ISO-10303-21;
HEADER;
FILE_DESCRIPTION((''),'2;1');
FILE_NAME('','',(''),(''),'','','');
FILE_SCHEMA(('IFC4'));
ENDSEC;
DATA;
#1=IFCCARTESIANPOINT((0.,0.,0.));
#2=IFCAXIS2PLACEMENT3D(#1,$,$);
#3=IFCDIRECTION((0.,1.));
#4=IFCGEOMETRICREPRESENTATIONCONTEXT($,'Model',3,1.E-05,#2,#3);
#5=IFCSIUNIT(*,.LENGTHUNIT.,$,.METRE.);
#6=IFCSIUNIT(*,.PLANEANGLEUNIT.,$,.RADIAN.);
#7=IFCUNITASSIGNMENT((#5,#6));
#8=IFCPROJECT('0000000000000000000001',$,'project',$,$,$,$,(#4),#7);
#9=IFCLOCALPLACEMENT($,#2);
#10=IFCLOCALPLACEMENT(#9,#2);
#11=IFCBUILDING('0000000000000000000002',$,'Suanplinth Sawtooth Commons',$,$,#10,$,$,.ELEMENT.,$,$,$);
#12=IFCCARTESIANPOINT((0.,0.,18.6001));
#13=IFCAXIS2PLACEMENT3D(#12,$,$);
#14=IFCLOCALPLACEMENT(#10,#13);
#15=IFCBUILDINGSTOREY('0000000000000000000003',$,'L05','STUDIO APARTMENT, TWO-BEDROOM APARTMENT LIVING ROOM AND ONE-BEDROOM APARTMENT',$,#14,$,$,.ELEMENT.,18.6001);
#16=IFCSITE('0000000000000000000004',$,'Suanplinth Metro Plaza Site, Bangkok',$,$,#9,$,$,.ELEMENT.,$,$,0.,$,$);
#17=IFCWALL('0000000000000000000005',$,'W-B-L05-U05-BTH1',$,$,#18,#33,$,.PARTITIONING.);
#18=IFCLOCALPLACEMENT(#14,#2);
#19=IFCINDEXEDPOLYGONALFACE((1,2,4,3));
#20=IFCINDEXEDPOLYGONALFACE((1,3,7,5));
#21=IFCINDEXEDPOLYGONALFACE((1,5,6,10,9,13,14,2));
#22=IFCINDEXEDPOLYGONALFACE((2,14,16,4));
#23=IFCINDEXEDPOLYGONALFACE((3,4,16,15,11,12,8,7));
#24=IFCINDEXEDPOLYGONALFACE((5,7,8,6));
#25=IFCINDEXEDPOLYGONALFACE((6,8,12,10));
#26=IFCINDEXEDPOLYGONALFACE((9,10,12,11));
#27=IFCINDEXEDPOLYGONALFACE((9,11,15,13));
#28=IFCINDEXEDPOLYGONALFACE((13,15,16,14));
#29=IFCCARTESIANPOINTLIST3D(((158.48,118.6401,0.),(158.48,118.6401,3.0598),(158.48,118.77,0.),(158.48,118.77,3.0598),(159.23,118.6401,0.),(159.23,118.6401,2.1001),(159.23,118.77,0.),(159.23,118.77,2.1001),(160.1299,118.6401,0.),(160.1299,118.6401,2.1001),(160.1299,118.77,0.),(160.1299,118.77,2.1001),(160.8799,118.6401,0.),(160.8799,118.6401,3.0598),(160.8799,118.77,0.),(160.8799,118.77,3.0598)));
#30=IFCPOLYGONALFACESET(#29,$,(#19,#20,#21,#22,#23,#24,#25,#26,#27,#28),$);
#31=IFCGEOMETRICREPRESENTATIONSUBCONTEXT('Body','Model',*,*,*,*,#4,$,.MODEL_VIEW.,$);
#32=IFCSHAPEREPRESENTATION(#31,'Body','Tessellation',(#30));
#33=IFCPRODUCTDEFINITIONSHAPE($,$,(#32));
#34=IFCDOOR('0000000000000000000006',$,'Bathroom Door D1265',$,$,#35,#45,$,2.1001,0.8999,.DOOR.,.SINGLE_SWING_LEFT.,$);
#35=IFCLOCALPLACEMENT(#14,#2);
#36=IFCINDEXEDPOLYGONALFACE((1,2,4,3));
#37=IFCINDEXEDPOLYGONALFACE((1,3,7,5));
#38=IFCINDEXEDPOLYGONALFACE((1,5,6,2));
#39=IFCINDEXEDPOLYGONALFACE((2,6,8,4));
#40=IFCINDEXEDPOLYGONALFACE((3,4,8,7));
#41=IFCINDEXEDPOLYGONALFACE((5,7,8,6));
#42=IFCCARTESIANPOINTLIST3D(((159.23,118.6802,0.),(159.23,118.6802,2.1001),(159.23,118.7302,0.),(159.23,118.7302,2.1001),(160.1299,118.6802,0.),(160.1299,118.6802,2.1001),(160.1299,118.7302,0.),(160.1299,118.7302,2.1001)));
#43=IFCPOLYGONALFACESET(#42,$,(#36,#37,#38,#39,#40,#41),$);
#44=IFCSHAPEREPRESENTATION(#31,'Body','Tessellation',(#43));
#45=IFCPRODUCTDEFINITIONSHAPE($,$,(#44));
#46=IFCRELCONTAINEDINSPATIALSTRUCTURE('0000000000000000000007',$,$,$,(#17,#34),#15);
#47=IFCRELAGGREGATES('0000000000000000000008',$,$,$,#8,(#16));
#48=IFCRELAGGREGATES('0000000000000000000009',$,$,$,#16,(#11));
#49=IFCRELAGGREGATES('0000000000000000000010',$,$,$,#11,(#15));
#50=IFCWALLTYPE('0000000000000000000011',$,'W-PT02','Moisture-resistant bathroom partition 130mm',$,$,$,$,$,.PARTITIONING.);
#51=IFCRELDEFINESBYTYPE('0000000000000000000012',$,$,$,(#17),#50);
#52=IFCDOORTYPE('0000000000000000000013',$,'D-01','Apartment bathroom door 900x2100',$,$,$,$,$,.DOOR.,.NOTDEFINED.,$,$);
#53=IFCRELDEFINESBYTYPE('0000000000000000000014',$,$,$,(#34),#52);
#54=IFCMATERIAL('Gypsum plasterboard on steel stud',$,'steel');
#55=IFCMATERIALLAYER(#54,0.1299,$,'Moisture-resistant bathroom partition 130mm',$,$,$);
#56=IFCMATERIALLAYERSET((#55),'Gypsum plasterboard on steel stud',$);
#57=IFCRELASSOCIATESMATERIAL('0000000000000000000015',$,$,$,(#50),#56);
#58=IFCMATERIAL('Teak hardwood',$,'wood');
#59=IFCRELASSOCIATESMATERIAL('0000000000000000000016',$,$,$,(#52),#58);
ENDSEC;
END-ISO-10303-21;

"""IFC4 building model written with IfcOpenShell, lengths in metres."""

from ifc_helpers import new_model, si_unit, direction, frame, frame_2d, origin, place, context, subcontext, project, spatial, rectangle, extrude, material, layer, layer_set, type_object, element, fill, save


model = new_model("IFC4")

# Units and contexts
model_context = context("Model", 3, precision=1e-05, world=origin(), true_north=direction((0.0, 1.0)))
body_context = subcontext(model_context, "Body", "Model", "MODEL_VIEW")
ifc_project = project(units=[si_unit("LENGTHUNIT", "METRE"), si_unit("PLANEANGLEUNIT", "RADIAN")], contexts=[model_context])

# Site, building, storey
site_placement = place(None, origin())
site = spatial("IfcSite", under=ifc_project, at=site_placement, Name="Suanplinth Metro Plaza Site, Bangkok", CompositionType="ELEMENT", RefElevation=0.0)
building_placement = place(site_placement, origin())
building = spatial("IfcBuilding", under=site, at=building_placement, Name="Suanplinth Sawtooth Commons", CompositionType="ELEMENT")
storey_placement = place(building_placement, frame((0.0, 0.0, 18.6001)))
storey = spatial("IfcBuildingStorey", under=building, at=storey_placement, Name="L05", Description="STUDIO APARTMENT, TWO-BEDROOM APARTMENT LIVING ROOM AND ONE-BEDROOM APARTMENT", CompositionType="ELEMENT", Elevation=18.6001)

# Shared definitions
ifc_material_1 = material(Name="Gypsum plasterboard on steel stud", Category="steel")
ifc_material_2 = material(Name="Teak hardwood", Category="wood")
ifc_layer_1 = layer(ifc_material_1, 0.1299, Name="Moisture-resistant bathroom partition 130mm")
ifc_layer_set_1 = layer_set([ifc_layer_1], Name="Gypsum plasterboard on steel stud")
wall_type_1 = type_object("IfcWallType", Name="W-PT02", Description="Moisture-resistant bathroom partition 130mm", PredefinedType="PARTITIONING", material=ifc_layer_set_1)
door_type_1 = type_object("IfcDoorType", Name="D-01", Description="Apartment bathroom door 900x2100", OperationType="NOTDEFINED", PredefinedType="DOOR", material=ifc_material_2)

# Wall, opening, door
wall_1_placement = place(storey_placement, frame((158.48, 118.7051, 0.0), z_axis=(0.0, 0.0, 1.0), x_axis=(1.0, 0.0, 0.0)))
wall_1 = element("IfcWall", 1, at=wall_1_placement, inside=storey, type_object=wall_type_1, Name="W-B-L05-U05-BTH1", PredefinedType="PARTITIONING", context=body_context, shape_type="SweptSolid", body=[
    extrude(rectangle(XDim=2.3999, YDim=0.1299, at=frame_2d((1.2, 0.0))), origin(), (0.0, 0.0, 1.0), 3.0598),
])
opening_1_placement = place(wall_1_placement, frame((0.75, 0.0, 0.0)))
opening_1 = element("IfcOpeningElement", 2, at=opening_1_placement, cuts=wall_1, PredefinedType="OPENING", context=body_context, shape_type="SweptSolid", body=[
    extrude(rectangle(XDim=0.8999, YDim=2.1001, at=frame_2d((0.45, 1.05))), frame((0.0, 0.0798, 0.0), z_axis=(0.0, -1.0, 0.0), x_axis=(1.0, 0.0, 0.0)), (0.0, 0.0, 1.0), 0.1597),
])
door_1_placement = place(opening_1_placement, frame((0.8999, 0.0, 0.0), z_axis=(0.0, 0.0, 1.0), x_axis=(-1.0, 0.0, 0.0)))
door_1 = element("IfcDoor", 3, at=door_1_placement, inside=storey, type_object=door_type_1, Name="Bathroom Door D1265", OperationType="SINGLE_SWING_LEFT", OverallHeight=2.1001, OverallWidth=0.8999, PredefinedType="DOOR", context=body_context, shape_type="SweptSolid", body=[
    extrude(rectangle(XDim=0.8999, YDim=2.1001, at=frame_2d((0.45, 1.05))), frame((0.0, 0.0249, 0.0), z_axis=(0.0, -1.0, 0.0), x_axis=(1.0, 0.0, 0.0)), (0.0, 0.0, 1.0), 0.05),
])
fill(opening_1, door_1)

save(model, "model.ifc")
